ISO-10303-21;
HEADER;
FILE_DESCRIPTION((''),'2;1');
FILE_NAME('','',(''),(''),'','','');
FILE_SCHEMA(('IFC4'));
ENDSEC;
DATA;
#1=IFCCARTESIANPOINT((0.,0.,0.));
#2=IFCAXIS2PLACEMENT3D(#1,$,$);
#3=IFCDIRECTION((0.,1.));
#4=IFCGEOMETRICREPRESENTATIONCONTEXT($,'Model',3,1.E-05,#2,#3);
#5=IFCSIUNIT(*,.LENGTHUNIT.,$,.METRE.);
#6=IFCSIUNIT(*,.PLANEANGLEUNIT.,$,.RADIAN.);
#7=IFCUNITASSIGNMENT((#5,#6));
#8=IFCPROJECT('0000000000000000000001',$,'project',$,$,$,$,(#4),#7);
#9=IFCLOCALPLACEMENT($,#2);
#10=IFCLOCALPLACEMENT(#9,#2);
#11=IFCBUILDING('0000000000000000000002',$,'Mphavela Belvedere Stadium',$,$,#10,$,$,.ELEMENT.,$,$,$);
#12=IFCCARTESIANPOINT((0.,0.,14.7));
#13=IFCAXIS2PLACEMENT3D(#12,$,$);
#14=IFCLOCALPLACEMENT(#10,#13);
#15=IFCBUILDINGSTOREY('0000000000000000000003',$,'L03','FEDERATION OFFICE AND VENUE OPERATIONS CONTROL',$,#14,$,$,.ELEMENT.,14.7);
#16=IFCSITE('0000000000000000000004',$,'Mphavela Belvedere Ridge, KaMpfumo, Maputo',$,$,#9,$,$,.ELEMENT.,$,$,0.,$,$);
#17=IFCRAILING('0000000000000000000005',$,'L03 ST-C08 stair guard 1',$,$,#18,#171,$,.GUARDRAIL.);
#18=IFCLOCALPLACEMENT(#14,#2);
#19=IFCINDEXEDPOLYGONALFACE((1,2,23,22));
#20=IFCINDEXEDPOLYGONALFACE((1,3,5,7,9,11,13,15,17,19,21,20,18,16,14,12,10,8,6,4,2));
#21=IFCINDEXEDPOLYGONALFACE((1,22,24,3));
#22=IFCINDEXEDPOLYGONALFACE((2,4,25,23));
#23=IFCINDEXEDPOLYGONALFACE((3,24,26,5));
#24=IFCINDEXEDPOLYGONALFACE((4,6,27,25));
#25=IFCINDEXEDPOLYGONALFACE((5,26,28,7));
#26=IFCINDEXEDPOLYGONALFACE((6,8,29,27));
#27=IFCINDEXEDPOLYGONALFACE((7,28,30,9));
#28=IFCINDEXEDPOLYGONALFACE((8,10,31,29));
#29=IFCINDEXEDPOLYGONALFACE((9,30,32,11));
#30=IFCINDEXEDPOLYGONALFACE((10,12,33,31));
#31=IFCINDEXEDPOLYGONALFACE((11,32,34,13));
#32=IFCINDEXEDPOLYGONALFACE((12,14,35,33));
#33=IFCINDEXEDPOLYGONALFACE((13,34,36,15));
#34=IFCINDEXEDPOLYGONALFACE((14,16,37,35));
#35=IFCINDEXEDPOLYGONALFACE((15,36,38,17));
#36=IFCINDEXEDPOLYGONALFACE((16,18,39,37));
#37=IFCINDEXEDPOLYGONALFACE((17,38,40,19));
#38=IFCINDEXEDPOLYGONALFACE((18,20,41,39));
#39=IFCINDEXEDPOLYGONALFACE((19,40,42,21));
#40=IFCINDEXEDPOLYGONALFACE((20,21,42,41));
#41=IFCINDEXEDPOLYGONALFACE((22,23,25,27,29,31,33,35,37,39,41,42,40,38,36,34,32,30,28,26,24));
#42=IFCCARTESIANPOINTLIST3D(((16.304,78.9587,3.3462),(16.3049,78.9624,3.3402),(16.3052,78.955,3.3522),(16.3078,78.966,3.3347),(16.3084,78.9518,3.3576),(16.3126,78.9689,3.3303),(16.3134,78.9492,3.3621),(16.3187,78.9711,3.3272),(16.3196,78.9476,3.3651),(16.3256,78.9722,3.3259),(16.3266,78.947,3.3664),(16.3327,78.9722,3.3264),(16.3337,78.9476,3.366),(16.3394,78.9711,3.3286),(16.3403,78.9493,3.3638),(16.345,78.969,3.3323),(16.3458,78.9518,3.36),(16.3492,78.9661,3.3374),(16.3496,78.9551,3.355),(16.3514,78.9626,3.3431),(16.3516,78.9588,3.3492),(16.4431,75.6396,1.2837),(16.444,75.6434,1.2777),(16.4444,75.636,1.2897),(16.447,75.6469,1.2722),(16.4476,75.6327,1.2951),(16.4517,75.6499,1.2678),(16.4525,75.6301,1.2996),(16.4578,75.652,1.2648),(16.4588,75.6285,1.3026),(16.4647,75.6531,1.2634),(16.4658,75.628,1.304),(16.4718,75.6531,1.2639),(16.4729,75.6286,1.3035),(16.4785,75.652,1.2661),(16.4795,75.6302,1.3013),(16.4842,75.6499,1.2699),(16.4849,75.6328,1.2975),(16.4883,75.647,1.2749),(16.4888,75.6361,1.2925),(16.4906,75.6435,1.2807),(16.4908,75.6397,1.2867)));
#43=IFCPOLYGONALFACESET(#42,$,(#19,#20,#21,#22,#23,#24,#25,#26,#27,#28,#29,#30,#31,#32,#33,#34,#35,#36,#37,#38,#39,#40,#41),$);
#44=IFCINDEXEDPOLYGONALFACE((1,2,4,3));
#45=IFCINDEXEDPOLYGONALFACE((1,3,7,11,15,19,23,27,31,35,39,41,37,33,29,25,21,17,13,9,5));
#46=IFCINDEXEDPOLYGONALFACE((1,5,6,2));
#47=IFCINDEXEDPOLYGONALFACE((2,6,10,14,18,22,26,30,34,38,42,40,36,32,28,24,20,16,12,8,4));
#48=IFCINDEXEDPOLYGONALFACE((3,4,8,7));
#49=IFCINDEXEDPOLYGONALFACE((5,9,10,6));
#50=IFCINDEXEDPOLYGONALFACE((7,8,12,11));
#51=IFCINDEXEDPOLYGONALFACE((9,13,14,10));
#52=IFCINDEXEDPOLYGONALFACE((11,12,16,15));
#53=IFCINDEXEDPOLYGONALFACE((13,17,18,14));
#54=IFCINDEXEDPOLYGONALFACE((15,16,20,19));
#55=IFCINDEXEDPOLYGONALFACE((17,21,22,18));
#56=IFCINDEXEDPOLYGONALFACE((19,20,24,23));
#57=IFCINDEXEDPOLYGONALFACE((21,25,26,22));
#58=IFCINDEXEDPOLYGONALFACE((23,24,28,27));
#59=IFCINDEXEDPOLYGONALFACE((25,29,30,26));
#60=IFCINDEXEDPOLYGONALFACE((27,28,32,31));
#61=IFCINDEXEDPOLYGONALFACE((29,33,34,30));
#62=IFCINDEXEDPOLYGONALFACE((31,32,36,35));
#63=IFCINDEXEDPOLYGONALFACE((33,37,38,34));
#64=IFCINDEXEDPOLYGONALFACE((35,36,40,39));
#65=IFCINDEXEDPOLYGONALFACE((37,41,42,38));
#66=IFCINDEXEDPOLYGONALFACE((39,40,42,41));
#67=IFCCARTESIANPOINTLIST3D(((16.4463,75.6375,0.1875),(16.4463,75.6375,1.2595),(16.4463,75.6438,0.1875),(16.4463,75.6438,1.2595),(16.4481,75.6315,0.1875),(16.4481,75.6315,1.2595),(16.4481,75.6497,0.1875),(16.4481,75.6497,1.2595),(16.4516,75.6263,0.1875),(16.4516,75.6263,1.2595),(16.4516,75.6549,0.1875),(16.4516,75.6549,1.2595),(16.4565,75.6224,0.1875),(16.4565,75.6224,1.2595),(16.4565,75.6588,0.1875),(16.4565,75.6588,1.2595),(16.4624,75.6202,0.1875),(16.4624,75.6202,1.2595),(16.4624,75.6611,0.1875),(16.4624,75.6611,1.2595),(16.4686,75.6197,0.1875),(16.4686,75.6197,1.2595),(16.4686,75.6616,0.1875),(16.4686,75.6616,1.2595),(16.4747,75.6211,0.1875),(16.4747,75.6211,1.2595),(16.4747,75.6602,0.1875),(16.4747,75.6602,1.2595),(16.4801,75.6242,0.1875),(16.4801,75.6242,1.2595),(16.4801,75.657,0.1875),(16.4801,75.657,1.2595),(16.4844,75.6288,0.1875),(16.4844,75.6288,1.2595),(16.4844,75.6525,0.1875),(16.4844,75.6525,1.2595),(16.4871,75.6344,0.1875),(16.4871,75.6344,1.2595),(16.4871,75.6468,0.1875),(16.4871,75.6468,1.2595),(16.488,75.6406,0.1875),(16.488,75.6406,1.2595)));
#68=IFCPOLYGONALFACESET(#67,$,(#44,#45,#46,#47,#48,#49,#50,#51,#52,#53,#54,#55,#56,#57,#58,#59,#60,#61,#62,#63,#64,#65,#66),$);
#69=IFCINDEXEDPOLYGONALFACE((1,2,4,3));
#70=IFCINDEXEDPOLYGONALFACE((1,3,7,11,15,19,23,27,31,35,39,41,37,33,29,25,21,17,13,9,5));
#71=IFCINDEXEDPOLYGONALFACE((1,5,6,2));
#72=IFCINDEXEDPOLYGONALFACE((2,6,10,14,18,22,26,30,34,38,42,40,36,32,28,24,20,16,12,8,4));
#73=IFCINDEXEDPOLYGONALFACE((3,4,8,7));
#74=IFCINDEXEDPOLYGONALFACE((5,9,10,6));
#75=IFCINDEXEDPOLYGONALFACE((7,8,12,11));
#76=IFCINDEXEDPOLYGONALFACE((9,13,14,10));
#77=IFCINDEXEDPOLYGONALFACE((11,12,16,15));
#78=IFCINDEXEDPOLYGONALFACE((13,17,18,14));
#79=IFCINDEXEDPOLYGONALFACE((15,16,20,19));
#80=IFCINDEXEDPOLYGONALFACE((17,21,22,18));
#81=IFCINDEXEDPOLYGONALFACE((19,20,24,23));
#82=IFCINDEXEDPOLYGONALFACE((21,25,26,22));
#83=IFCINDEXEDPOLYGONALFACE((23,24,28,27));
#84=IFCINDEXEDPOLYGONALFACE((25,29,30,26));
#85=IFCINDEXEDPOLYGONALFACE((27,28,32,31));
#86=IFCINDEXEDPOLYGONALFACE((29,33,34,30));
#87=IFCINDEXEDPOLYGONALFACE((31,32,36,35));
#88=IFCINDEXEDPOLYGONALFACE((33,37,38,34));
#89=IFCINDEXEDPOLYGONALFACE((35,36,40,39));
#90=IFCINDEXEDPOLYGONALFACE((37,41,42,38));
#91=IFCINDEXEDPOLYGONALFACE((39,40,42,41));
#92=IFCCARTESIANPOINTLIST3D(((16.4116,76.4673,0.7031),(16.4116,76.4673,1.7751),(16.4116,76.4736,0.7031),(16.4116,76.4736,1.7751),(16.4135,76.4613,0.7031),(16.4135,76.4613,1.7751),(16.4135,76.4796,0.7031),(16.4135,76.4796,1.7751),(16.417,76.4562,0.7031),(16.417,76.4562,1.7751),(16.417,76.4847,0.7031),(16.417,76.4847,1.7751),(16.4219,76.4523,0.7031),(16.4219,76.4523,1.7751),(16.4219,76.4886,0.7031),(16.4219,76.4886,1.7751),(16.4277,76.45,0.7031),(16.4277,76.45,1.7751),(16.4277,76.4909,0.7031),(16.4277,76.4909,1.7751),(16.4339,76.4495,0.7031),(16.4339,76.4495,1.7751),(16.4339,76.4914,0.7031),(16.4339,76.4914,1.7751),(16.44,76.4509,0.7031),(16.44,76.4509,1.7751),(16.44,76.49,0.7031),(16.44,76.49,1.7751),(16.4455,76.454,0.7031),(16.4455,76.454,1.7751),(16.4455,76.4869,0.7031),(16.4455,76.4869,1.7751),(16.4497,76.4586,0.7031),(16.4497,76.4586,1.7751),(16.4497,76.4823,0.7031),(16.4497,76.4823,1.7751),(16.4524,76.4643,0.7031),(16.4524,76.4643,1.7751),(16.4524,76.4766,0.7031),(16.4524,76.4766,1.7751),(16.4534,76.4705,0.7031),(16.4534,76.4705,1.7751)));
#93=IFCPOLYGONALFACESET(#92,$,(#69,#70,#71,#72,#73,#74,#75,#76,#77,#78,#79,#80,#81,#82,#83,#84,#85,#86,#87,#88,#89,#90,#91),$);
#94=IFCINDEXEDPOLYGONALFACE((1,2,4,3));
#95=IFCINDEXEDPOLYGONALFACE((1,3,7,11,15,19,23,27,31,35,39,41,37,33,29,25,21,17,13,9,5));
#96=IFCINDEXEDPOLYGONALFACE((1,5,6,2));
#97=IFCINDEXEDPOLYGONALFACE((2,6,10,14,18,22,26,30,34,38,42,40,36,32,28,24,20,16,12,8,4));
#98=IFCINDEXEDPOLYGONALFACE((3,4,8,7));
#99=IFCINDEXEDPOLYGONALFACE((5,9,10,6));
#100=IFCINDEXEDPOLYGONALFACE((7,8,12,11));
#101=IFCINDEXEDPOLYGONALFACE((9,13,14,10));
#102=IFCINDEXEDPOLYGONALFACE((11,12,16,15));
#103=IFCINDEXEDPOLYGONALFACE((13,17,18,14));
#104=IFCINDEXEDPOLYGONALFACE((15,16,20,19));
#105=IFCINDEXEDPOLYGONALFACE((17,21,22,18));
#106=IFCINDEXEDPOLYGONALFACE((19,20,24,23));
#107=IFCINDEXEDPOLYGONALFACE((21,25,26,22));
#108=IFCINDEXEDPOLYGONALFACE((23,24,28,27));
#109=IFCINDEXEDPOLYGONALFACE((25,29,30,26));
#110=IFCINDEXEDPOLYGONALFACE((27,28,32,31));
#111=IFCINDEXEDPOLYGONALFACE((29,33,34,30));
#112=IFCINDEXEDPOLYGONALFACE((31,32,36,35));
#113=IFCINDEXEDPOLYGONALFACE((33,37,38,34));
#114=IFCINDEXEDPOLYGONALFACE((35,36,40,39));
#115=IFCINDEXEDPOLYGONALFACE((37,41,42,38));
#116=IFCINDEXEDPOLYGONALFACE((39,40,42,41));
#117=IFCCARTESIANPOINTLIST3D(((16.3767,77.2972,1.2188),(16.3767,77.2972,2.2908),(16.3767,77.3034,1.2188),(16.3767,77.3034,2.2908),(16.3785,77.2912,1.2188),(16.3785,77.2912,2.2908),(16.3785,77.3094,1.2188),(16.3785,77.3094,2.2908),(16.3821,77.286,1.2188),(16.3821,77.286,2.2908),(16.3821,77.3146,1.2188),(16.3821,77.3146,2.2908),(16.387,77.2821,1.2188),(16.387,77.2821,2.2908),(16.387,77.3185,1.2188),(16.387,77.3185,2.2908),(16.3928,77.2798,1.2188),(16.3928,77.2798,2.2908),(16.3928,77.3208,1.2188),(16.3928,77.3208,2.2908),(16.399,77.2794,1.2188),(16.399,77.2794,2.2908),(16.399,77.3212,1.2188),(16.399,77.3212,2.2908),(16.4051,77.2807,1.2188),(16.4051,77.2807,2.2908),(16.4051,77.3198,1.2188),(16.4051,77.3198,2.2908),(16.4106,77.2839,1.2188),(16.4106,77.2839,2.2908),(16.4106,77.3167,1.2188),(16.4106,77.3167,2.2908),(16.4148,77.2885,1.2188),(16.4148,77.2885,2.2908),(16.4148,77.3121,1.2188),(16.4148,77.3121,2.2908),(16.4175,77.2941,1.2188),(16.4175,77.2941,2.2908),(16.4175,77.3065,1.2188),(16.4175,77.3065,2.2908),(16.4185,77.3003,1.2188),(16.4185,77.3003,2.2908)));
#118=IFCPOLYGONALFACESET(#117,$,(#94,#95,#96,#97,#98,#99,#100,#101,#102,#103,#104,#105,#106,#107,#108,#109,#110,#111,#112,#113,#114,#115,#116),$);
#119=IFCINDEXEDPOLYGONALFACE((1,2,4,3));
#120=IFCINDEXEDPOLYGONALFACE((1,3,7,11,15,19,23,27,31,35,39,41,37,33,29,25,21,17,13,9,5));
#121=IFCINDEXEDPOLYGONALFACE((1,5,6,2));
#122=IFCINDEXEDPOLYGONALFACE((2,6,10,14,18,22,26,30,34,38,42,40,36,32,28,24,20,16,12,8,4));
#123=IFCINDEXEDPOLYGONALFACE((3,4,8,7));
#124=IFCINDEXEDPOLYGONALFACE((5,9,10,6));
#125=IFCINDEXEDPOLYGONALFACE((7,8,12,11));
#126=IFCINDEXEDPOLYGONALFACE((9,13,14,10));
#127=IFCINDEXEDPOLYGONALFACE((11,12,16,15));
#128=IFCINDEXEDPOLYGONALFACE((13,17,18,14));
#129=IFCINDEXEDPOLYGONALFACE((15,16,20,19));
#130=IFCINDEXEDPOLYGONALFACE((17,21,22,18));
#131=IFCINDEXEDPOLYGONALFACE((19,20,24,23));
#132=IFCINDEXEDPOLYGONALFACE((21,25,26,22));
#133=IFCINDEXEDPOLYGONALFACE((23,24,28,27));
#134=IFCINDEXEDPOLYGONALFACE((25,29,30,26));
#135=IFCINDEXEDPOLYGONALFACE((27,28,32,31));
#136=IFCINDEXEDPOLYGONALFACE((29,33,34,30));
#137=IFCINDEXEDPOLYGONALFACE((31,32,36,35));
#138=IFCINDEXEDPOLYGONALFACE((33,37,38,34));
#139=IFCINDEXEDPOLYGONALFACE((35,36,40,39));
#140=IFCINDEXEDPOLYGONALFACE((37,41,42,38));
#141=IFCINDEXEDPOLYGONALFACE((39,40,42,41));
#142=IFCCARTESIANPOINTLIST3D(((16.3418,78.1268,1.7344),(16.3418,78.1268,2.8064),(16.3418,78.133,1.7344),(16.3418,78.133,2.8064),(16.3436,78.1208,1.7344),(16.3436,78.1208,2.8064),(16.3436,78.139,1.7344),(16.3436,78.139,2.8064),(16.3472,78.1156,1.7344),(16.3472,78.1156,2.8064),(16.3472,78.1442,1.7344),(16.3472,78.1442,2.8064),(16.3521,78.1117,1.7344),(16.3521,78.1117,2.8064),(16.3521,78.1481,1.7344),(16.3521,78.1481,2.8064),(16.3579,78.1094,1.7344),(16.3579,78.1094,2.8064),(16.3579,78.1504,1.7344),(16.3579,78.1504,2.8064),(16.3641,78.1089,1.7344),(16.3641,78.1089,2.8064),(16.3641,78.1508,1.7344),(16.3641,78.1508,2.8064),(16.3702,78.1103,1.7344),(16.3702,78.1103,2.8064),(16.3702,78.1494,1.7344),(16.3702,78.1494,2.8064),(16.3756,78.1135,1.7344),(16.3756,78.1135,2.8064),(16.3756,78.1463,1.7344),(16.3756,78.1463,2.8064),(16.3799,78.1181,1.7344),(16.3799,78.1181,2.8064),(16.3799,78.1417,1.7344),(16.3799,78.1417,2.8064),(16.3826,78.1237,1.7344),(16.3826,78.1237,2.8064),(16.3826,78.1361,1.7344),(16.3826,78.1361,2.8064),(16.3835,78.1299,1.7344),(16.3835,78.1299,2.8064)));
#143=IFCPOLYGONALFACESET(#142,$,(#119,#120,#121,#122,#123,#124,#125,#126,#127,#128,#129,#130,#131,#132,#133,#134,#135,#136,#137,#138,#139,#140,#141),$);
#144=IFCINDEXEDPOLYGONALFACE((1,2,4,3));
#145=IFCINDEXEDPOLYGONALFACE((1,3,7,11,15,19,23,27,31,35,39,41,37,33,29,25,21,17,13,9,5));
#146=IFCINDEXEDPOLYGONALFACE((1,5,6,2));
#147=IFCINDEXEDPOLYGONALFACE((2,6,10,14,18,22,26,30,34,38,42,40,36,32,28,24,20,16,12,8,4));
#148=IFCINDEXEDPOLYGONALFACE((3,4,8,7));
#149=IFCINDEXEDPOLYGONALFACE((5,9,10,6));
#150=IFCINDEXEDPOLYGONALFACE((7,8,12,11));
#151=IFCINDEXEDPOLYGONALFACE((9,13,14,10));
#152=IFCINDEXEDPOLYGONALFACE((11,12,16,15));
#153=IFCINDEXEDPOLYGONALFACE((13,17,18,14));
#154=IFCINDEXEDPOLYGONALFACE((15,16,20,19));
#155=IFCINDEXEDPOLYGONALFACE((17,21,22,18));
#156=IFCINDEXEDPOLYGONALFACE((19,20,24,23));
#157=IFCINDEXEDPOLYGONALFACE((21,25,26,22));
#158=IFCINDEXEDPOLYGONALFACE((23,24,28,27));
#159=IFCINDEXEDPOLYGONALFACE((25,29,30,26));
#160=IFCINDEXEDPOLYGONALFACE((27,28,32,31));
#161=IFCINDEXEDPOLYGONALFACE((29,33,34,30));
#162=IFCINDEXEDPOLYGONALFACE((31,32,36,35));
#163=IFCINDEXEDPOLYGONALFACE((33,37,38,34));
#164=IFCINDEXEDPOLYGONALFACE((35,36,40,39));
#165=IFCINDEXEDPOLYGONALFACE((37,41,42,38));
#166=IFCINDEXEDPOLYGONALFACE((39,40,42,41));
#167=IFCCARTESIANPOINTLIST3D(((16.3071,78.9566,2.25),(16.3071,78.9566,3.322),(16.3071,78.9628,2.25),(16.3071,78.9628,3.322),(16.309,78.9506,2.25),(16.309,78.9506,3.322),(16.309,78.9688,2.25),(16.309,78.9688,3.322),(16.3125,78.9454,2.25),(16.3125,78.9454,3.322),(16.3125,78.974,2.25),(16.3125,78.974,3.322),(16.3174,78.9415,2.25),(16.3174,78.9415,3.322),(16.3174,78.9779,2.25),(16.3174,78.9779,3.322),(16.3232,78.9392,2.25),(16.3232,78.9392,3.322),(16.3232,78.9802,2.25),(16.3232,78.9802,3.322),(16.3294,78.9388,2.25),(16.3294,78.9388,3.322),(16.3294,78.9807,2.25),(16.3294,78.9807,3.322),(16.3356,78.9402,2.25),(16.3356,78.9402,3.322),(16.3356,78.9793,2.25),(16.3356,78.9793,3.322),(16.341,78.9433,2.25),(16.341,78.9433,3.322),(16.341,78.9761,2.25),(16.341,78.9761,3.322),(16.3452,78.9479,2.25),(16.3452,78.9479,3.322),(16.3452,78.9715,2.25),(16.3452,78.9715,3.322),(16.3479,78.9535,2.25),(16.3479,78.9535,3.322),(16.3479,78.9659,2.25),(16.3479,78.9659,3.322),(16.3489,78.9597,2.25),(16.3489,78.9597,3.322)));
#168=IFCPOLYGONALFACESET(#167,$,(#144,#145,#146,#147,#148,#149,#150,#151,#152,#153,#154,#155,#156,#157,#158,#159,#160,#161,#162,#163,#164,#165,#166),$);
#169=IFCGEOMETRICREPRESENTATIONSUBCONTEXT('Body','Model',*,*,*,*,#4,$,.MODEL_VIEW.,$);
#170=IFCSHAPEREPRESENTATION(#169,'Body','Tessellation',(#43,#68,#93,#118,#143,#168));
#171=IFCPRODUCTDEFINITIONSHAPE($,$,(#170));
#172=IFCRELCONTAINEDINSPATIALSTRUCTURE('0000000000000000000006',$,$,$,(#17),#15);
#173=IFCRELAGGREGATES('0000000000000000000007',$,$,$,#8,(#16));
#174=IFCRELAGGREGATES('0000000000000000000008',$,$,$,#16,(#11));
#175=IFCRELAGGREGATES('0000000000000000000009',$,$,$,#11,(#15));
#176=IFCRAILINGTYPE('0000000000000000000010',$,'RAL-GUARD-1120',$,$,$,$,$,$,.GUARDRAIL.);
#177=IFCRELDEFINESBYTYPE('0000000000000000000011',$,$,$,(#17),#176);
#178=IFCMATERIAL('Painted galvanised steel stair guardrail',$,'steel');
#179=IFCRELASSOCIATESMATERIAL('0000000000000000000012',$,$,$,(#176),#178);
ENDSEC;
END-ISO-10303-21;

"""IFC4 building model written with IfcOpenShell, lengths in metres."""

from ifc_helpers import new_model, si_unit, direction, frame, origin, origin_2d, place, context, subcontext, project, spatial, circle, extrude, material, type_object, element, save


model = new_model("IFC4")

# Units and contexts
model_context = context("Model", 3, precision=1e-05, world=origin(), true_north=direction((0.0, 1.0)))
body_context = subcontext(model_context, "Body", "Model", "MODEL_VIEW")
ifc_project = project(units=[si_unit("LENGTHUNIT", "METRE"), si_unit("PLANEANGLEUNIT", "RADIAN")], contexts=[model_context])

# Site, building, storey
site_placement = place(None, origin())
site = spatial("IfcSite", under=ifc_project, at=site_placement, Name="Mphavela Belvedere Ridge, KaMpfumo, Maputo", CompositionType="ELEMENT", RefElevation=0.0)
building_placement = place(site_placement, origin())
building = spatial("IfcBuilding", under=site, at=building_placement, Name="Mphavela Belvedere Stadium", CompositionType="ELEMENT")
storey_placement = place(building_placement, frame((0.0, 0.0, 14.7)))
storey = spatial("IfcBuildingStorey", under=building, at=storey_placement, Name="L03", Description="FEDERATION OFFICE AND VENUE OPERATIONS CONTROL", CompositionType="ELEMENT", Elevation=14.7)

# Railing
ifc_material_1 = material(Name="Painted galvanised steel stair guardrail", Category="steel")
railing_type_1 = type_object("IfcRailingType", Name="RAL-GUARD-1120", PredefinedType="GUARDRAIL", material=ifc_material_1)
railing_1_placement = place(storey_placement, frame((16.467, 75.6406, 0.1875)))
element("IfcRailing", 1, at=railing_1_placement, inside=storey, type_object=railing_type_1, Name="L03 ST-C08 stair guard 1", PredefinedType="GUARDRAIL", context=body_context, shape_type="SweptSolid", body=[
    extrude(circle(Radius=0.0239, at=origin_2d()), frame((0.0, 0.0, 1.0962), z_axis=(-0.035589, 0.84883, 0.527467), x_axis=(-0.999122, -0.04189, 0.0)), (0.0, 0.0, 1.0), 3.9102),
    extrude(circle(Radius=0.021, at=origin_2d()), origin(), (0.0, 0.0, 1.0), 1.072),
    extrude(circle(Radius=0.021, at=origin_2d()), frame((-0.0347, 0.8298, 0.5156)), (0.0, 0.0, 1.0), 1.072),
    extrude(circle(Radius=0.021, at=origin_2d()), frame((-0.0696, 1.6597, 1.0312)), (0.0, 0.0, 1.0), 1.072),
    extrude(circle(Radius=0.021, at=origin_2d()), frame((-0.1045, 2.4893, 1.5469)), (0.0, 0.0, 1.0), 1.072),
    extrude(circle(Radius=0.021, at=origin_2d()), frame((-0.1392, 3.3191, 2.0625)), (0.0, 0.0, 1.0), 1.072),
])

save(model, "model.ifc")
